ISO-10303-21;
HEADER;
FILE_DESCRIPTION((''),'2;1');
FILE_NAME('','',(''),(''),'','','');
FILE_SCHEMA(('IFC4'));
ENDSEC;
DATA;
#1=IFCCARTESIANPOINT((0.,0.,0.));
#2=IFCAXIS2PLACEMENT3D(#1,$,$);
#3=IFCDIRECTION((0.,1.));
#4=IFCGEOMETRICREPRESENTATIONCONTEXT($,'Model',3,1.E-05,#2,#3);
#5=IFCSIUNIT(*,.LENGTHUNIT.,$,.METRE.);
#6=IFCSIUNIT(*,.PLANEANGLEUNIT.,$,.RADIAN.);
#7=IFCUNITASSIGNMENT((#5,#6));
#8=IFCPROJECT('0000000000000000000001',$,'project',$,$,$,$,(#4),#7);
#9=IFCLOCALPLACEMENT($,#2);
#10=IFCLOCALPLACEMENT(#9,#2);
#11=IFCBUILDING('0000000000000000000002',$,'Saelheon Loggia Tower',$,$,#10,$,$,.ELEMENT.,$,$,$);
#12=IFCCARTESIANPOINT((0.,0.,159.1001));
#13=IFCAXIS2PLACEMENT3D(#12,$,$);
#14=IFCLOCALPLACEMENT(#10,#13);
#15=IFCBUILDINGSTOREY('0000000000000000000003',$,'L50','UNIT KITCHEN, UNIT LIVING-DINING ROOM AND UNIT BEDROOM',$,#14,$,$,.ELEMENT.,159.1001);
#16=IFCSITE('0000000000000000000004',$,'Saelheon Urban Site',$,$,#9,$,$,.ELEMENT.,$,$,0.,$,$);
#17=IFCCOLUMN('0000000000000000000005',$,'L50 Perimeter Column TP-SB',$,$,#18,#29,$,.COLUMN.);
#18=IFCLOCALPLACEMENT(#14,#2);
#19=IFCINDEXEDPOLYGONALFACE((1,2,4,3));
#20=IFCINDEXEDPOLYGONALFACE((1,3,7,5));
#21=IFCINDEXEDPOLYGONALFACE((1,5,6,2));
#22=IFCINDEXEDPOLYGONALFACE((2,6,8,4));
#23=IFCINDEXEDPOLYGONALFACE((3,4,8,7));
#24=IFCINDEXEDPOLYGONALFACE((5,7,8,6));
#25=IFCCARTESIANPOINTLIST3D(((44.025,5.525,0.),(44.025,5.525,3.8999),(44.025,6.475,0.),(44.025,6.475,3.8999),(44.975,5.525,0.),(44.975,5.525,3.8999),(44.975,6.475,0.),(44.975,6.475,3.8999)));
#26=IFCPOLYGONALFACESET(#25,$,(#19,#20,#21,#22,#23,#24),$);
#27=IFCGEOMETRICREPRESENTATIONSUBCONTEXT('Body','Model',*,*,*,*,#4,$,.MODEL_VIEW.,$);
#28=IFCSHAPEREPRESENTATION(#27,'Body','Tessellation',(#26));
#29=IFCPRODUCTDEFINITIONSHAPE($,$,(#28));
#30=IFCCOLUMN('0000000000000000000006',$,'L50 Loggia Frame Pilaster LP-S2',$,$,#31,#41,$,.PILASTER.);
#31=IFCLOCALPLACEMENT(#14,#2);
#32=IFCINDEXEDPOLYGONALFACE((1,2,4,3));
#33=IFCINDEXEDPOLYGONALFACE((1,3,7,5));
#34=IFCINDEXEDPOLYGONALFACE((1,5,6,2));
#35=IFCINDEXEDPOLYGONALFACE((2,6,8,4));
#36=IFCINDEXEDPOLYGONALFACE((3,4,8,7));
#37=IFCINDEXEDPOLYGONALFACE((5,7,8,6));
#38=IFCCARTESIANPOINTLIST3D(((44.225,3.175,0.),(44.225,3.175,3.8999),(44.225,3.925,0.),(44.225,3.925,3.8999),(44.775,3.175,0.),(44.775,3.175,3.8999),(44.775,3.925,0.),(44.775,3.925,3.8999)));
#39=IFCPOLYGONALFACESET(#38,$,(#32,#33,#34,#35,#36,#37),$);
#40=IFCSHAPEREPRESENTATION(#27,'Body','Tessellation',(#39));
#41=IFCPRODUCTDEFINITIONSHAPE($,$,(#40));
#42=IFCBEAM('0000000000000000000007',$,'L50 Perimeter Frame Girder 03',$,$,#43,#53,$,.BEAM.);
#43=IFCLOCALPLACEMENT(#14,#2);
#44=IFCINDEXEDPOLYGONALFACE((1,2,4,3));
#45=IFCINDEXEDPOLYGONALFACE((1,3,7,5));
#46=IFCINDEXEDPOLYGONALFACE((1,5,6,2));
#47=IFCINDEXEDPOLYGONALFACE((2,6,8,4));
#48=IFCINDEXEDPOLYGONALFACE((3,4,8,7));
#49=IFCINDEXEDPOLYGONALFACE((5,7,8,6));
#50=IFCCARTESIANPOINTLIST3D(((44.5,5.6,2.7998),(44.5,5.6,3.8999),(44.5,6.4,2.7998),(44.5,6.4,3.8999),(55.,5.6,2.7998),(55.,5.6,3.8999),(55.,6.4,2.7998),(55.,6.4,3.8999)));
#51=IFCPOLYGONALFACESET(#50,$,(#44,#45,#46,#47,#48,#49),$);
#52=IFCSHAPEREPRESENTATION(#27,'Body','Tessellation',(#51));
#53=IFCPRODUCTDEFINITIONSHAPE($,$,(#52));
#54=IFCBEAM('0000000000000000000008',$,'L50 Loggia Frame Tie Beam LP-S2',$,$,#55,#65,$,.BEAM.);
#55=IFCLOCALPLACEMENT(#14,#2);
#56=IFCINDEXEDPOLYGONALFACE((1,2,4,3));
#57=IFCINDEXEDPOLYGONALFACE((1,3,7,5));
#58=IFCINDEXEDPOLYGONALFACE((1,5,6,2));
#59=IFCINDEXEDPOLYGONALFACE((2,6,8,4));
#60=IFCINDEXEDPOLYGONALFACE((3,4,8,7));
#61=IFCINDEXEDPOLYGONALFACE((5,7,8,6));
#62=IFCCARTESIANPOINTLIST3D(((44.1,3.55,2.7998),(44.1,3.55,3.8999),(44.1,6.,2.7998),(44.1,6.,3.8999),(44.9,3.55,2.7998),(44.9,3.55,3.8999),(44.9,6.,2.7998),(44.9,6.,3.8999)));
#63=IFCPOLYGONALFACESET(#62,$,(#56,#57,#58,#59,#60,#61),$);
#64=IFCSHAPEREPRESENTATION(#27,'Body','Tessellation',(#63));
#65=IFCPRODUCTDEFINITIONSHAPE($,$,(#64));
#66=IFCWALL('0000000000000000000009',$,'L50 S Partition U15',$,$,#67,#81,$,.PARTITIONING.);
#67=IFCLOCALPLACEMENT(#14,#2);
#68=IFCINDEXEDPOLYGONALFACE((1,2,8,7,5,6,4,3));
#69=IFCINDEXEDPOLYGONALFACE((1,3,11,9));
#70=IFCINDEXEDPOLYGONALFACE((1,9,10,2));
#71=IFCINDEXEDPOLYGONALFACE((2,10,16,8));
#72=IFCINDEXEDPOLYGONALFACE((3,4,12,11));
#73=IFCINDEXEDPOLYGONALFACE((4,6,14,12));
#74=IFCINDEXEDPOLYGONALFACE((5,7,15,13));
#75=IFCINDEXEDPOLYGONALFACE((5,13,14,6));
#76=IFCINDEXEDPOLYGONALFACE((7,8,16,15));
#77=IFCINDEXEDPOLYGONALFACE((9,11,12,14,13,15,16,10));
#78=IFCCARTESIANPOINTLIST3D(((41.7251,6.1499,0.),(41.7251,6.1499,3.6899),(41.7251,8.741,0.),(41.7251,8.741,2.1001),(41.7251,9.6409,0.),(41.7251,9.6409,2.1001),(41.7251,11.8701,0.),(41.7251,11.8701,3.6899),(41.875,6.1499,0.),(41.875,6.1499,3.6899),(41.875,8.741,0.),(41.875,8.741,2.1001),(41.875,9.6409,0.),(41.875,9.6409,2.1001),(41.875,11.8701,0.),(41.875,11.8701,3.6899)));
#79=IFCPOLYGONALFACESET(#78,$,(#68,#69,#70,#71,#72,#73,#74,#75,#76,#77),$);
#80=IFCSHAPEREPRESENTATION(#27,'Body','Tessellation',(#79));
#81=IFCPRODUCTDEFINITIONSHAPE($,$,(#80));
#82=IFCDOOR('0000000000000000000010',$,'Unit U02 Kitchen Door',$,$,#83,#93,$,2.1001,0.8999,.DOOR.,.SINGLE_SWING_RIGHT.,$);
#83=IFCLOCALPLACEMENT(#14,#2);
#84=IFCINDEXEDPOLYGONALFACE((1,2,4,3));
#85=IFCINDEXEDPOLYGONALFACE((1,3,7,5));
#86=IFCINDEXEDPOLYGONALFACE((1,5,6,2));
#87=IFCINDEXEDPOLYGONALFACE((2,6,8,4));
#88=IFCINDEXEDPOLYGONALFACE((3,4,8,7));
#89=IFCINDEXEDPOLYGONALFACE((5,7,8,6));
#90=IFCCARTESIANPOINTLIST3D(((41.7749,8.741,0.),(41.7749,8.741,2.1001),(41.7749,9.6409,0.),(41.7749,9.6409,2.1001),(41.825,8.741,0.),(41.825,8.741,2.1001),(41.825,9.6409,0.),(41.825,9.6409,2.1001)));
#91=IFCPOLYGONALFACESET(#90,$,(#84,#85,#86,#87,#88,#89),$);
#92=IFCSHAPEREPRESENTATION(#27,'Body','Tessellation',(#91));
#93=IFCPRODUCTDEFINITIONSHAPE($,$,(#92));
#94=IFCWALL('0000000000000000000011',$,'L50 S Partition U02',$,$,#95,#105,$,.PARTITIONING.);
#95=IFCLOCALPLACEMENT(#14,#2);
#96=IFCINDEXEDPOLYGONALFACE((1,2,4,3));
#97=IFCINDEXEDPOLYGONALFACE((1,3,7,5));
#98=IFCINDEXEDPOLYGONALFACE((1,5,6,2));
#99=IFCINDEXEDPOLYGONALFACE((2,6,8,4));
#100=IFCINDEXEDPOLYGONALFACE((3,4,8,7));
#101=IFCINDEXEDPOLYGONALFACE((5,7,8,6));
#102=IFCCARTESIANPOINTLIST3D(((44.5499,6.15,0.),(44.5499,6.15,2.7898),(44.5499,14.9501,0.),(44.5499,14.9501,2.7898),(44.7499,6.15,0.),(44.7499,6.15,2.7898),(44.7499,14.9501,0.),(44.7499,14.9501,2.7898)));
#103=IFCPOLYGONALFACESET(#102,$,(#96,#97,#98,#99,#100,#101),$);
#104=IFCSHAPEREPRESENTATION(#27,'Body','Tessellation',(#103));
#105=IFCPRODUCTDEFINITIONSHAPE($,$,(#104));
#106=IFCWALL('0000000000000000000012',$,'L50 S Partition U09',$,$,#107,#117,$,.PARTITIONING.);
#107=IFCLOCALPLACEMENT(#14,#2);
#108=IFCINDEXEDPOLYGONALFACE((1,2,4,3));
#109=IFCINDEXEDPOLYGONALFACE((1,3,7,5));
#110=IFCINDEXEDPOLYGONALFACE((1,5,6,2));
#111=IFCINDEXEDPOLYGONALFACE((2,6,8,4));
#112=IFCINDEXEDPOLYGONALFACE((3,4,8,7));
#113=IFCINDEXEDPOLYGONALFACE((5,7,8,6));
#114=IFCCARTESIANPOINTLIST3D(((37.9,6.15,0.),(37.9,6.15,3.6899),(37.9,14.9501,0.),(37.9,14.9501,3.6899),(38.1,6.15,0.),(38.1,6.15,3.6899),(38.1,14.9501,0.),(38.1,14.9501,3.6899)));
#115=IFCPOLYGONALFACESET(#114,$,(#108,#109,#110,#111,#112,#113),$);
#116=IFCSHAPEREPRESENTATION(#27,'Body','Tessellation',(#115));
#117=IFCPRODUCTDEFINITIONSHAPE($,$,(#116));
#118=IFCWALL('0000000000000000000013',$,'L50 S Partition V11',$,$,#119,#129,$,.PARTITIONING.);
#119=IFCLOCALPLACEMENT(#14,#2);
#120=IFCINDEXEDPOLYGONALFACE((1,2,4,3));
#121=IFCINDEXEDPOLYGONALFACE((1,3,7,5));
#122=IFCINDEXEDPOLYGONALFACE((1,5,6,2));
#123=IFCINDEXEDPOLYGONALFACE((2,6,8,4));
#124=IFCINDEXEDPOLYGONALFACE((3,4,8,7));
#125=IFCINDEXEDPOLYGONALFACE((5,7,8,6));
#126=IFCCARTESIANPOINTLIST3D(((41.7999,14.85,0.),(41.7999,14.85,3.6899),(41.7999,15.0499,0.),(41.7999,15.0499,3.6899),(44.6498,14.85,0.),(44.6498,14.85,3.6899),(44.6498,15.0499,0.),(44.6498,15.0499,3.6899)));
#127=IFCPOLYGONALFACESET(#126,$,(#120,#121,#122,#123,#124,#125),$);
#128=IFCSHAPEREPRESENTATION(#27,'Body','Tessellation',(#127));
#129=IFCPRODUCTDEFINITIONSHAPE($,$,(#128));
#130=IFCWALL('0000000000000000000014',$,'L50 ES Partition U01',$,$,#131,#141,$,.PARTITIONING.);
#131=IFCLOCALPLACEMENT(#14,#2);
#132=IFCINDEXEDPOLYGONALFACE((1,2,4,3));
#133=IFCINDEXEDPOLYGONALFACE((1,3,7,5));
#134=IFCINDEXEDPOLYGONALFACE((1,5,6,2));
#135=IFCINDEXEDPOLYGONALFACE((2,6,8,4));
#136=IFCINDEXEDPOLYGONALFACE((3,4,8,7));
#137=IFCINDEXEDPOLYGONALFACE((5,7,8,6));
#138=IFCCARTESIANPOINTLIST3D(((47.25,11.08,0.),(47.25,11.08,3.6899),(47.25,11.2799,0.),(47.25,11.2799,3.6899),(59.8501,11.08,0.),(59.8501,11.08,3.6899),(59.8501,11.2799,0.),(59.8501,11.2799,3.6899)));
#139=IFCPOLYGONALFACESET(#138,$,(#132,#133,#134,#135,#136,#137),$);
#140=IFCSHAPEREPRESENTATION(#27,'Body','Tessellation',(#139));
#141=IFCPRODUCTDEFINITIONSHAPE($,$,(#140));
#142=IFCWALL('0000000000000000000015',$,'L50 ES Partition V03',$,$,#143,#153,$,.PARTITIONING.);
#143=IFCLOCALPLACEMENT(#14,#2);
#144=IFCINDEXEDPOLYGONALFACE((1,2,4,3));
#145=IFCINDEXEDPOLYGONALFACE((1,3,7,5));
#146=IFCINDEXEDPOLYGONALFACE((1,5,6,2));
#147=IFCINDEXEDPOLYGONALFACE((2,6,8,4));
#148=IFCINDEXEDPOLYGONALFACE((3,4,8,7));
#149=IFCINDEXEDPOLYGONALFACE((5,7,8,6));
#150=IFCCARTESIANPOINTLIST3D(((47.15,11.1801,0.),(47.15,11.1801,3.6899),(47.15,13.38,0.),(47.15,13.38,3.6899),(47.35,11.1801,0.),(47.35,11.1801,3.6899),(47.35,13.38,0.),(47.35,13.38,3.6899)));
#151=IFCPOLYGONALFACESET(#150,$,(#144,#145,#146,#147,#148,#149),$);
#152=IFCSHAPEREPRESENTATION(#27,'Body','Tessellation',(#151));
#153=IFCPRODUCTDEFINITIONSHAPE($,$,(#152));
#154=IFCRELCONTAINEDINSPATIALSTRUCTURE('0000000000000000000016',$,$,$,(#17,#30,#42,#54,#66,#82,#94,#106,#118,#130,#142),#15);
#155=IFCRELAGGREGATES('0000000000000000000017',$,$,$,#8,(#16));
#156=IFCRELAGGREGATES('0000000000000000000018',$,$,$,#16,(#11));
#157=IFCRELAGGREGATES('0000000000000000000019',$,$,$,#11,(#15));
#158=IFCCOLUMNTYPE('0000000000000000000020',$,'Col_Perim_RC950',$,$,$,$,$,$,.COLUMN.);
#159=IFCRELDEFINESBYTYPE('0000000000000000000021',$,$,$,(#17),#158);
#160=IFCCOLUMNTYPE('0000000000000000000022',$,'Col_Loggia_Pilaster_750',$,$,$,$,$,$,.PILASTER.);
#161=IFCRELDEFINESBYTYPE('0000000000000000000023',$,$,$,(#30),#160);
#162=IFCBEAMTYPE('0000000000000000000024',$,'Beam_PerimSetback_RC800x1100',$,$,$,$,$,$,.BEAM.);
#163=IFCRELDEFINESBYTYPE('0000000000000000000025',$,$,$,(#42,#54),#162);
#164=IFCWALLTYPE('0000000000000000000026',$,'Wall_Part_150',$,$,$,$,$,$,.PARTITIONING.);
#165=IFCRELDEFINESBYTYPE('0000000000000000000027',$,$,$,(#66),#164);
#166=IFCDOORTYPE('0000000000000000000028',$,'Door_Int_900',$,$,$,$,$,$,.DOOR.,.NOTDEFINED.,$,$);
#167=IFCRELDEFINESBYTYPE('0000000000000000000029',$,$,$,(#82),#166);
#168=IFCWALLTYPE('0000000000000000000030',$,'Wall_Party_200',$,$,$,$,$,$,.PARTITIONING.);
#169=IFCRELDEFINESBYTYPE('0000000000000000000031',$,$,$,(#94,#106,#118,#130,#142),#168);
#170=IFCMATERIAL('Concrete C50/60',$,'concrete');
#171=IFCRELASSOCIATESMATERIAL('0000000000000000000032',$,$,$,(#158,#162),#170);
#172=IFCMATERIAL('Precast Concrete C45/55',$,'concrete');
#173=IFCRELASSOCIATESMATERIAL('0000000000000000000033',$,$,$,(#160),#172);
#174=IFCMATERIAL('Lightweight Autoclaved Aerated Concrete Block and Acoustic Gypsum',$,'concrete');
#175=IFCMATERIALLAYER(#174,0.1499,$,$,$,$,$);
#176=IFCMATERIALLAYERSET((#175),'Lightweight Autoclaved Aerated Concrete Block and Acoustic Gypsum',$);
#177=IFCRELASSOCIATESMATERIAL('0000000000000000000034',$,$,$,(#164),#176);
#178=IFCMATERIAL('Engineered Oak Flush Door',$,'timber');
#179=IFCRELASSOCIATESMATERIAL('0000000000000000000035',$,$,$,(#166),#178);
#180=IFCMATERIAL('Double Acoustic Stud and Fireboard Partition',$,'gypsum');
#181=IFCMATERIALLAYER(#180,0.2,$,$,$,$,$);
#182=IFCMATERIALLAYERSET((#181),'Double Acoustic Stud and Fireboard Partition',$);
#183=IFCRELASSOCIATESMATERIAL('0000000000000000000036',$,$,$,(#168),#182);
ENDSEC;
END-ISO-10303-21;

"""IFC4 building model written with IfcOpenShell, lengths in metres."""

from ifc_helpers import new_model, si_unit, direction, frame, frame_2d, origin, origin_2d, place, context, subcontext, project, spatial, rectangle, extrude, source, transform, mapped, material, layer, layer_set, material_profile, profile_set, type_object, element, fill, save


model = new_model("IFC4")

# Units and contexts
model_context = context("Model", 3, precision=1e-05, world=origin(), true_north=direction((0.0, 1.0)))
body_context = subcontext(model_context, "Body", "Model", "MODEL_VIEW")
ifc_project = project(units=[si_unit("LENGTHUNIT", "METRE"), si_unit("PLANEANGLEUNIT", "RADIAN")], contexts=[model_context])

# Site, building, storey
site_placement = place(None, origin())
site = spatial("IfcSite", under=ifc_project, at=site_placement, Name="Saelheon Urban Site", CompositionType="ELEMENT", RefElevation=0.0)
building_placement = place(site_placement, origin())
building = spatial("IfcBuilding", under=site, at=building_placement, Name="Saelheon Loggia Tower", CompositionType="ELEMENT")
storey_placement = place(building_placement, frame((0.0, 0.0, 159.1001)))
storey = spatial("IfcBuildingStorey", under=building, at=storey_placement, Name="L50", Description="UNIT KITCHEN, UNIT LIVING-DINING ROOM AND UNIT BEDROOM", CompositionType="ELEMENT", Elevation=159.1001)

# Columns
ifc_material_1 = material(Name="Concrete C50/60", Category="concrete")
ifc_material_profile_1 = material_profile(ifc_material_1, rectangle(XDim=0.95, YDim=0.95, at=origin_2d()), Name="RC-950x950")
ifc_profile_set_1 = profile_set([ifc_material_profile_1], Name="Concrete C50/60")
column_type_1 = type_object("IfcColumnType", Name="Col_Perim_RC950", PredefinedType="COLUMN", material=ifc_profile_set_1)
shared_shape_1 = source(origin(), body_context, "Body", "SweptSolid", [
    extrude(rectangle(XDim=0.95, YDim=0.95, at=origin_2d()), origin(), (0.0, 0.0, 1.0), 3.8999),
])
column_1_placement = place(storey_placement, frame((44.5, 6.0, 0.0), z_axis=(0.0, 0.0, 1.0), x_axis=(1.0, 0.0, 0.0)))
element("IfcColumn", 1, at=column_1_placement, inside=storey, type_object=column_type_1, Name="L50 Perimeter Column TP-SB", PredefinedType="COLUMN", context=body_context, shape_type="MappedRepresentation", body=[
    mapped(shared_shape_1, transform((0.0, 0.0, 0.0), scale=1.0)),
])
ifc_material_2 = material(Name="Precast Concrete C45/55", Category="concrete")
ifc_material_profile_2 = material_profile(ifc_material_2, rectangle(XDim=0.55, YDim=0.75, at=origin_2d()), Name="RC-550x750")
ifc_profile_set_2 = profile_set([ifc_material_profile_2], Name="Precast Concrete C45/55")
column_type_2 = type_object("IfcColumnType", Name="Col_Loggia_Pilaster_750", PredefinedType="PILASTER", material=ifc_profile_set_2)
shared_shape_2 = source(origin(), body_context, "Body", "SweptSolid", [
    extrude(rectangle(XDim=0.55, YDim=0.75, at=origin_2d()), origin(), (0.0, 0.0, 1.0), 3.8999),
])
column_2_placement = place(storey_placement, frame((44.5, 3.55, 0.0), z_axis=(0.0, 0.0, 1.0), x_axis=(1.0, 0.0, 0.0)))
element("IfcColumn", 2, at=column_2_placement, inside=storey, type_object=column_type_2, Name="L50 Loggia Frame Pilaster LP-S2", PredefinedType="PILASTER", context=body_context, shape_type="MappedRepresentation", body=[
    mapped(shared_shape_2, transform((0.0, 0.0, 0.0), scale=1.0)),
])

# Beams
ifc_material_profile_3 = material_profile(ifc_material_1, rectangle(XDim=0.8, YDim=1.1001, at=origin_2d()), Name="RC-800x1100")
ifc_profile_set_3 = profile_set([ifc_material_profile_3], Name="Concrete C50/60")
beam_type = type_object("IfcBeamType", Name="Beam_PerimSetback_RC800x1100", PredefinedType="BEAM", material=ifc_profile_set_3)
shared_shape_3 = source(origin(), body_context, "Body", "SweptSolid", [
    extrude(rectangle(XDim=0.8, YDim=1.1001, at=origin_2d()), origin(), (0.0, 0.0, 1.0), 10.5),
])
beam_1_placement = place(storey_placement, frame((44.5, 6.0, 3.3499), z_axis=(1.0, 0.0, 0.0), x_axis=(0.0, 1.0, 0.0)))
element("IfcBeam", 3, at=beam_1_placement, inside=storey, type_object=beam_type, Name="L50 Perimeter Frame Girder 03", PredefinedType="BEAM", context=body_context, shape_type="MappedRepresentation", body=[
    mapped(shared_shape_3, transform((0.0, 0.0, 0.0), scale=1.0)),
])
shared_shape_4 = source(origin(), body_context, "Body", "SweptSolid", [
    extrude(rectangle(XDim=0.8, YDim=1.1001, at=origin_2d()), origin(), (0.0, 0.0, 1.0), 2.45),
])
beam_2_placement = place(storey_placement, frame((44.5, 6.0, 3.3499), z_axis=(0.0, -1.0, 0.0), x_axis=(1.0, 0.0, 0.0)))
element("IfcBeam", 4, at=beam_2_placement, inside=storey, type_object=beam_type, Name="L50 Loggia Frame Tie Beam LP-S2", PredefinedType="BEAM", context=body_context, shape_type="MappedRepresentation", body=[
    mapped(shared_shape_4, transform((0.0, 0.0, 0.0), scale=1.0)),
])

# Wall, opening, door
ifc_material_3 = material(Name="Lightweight Autoclaved Aerated Concrete Block and Acoustic Gypsum", Category="concrete")
ifc_layer_1 = layer(ifc_material_3, 0.1499)
ifc_layer_set_1 = layer_set([ifc_layer_1], Name="Lightweight Autoclaved Aerated Concrete Block and Acoustic Gypsum")
wall_type_1 = type_object("IfcWallType", Name="Wall_Part_150", PredefinedType="PARTITIONING", material=ifc_layer_set_1)
wall_1_placement = place(storey_placement, frame((41.8, 11.8701, 0.0), z_axis=(0.0, 0.0, 1.0), x_axis=(0.0, -1.0, 0.0)))
wall_1 = element("IfcWall", 5, at=wall_1_placement, inside=storey, type_object=wall_type_1, Name="L50 S Partition U15", PredefinedType="PARTITIONING", context=body_context, shape_type="SweptSolid", body=[
    extrude(rectangle(XDim=5.7202, YDim=0.1499, at=frame_2d((2.8601, 0.0))), origin(), (0.0, 0.0, 1.0), 3.6899),
])
opening_1_placement = place(wall_1_placement, frame((2.2292, 0.0, 0.0)))
opening_1 = element("IfcOpeningElement", 6, at=opening_1_placement, cuts=wall_1, PredefinedType="OPENING", context=body_context, shape_type="SweptSolid", body=[
    extrude(rectangle(XDim=0.8999, YDim=2.1001, at=frame_2d((0.45, 1.05))), frame((0.0, 0.0869, 0.0), z_axis=(0.0, -1.0, 0.0), x_axis=(1.0, 0.0, 0.0)), (0.0, 0.0, 1.0), 0.1738),
])
ifc_material_4 = material(Name="Engineered Oak Flush Door", Category="timber")
door_type_1 = type_object("IfcDoorType", Name="Door_Int_900", OperationType="NOTDEFINED", PredefinedType="DOOR", material=ifc_material_4)
shared_shape_5 = source(origin(), body_context, "Body", "SweptSolid", [
    extrude(rectangle(XDim=0.8999, YDim=2.1001, at=frame_2d((0.45, 1.05))), frame((0.0, 0.0249, 0.0), z_axis=(0.0, -1.0, 0.0), x_axis=(1.0, 0.0, 0.0)), (0.0, 0.0, 1.0), 0.05),
])
door_1_placement = place(opening_1_placement, origin())
door_1 = element("IfcDoor", 7, at=door_1_placement, inside=storey, type_object=door_type_1, Name="Unit U02 Kitchen Door", OperationType="SINGLE_SWING_RIGHT", OverallHeight=2.1001, OverallWidth=0.8999, PredefinedType="DOOR", context=body_context, shape_type="MappedRepresentation", body=[
    mapped(shared_shape_5, transform((0.0, 0.0, 0.0), scale=1.0)),
])
fill(opening_1, door_1)

# Walls
ifc_material_5 = material(Name="Double Acoustic Stud and Fireboard Partition", Category="gypsum")
ifc_layer_2 = layer(ifc_material_5, 0.2)
ifc_layer_set_2 = layer_set([ifc_layer_2], Name="Double Acoustic Stud and Fireboard Partition")
wall_type_2 = type_object("IfcWallType", Name="Wall_Party_200", PredefinedType="PARTITIONING", material=ifc_layer_set_2)
wall_2_placement = place(storey_placement, frame((44.6499, 14.95, 0.0), z_axis=(0.0, 0.0, 1.0), x_axis=(0.0, -1.0, 0.0)))
element("IfcWall", 8, at=wall_2_placement, inside=storey, type_object=wall_type_2, Name="L50 S Partition U02", PredefinedType="PARTITIONING", context=body_context, shape_type="SweptSolid", body=[
    extrude(rectangle(XDim=8.8, YDim=0.2, at=frame_2d((4.3999, 0.0))), origin(), (0.0, 0.0, 1.0), 2.7898),
])
wall_3_placement = place(storey_placement, frame((38.0, 14.95, 0.0), z_axis=(0.0, 0.0, 1.0), x_axis=(0.0, -1.0, 0.0)))
element("IfcWall", 9, at=wall_3_placement, inside=storey, type_object=wall_type_2, Name="L50 S Partition U09", PredefinedType="PARTITIONING", context=body_context, shape_type="SweptSolid", body=[
    extrude(rectangle(XDim=8.8, YDim=0.2, at=frame_2d((4.3999, 0.0))), origin(), (0.0, 0.0, 1.0), 3.6899),
])

# Walls
wall_4_placement = place(storey_placement, frame((41.8, 14.95, 0.0), z_axis=(0.0, 0.0, 1.0), x_axis=(1.0, 0.0, 0.0)))
element("IfcWall", 10, at=wall_4_placement, inside=storey, type_object=wall_type_2, Name="L50 S Partition V11", PredefinedType="PARTITIONING", context=body_context, shape_type="SweptSolid", body=[
    extrude(rectangle(XDim=2.8499, YDim=0.2, at=frame_2d((1.4248, 0.0))), origin(), (0.0, 0.0, 1.0), 3.6899),
])
wall_5_placement = place(storey_placement, frame((47.25, 11.1799, 0.0), z_axis=(0.0, 0.0, 1.0), x_axis=(1.0, 0.0, 0.0)))
element("IfcWall", 11, at=wall_5_placement, inside=storey, type_object=wall_type_2, Name="L50 ES Partition U01", PredefinedType="PARTITIONING", context=body_context, shape_type="SweptSolid", body=[
    extrude(rectangle(XDim=12.6001, YDim=0.2, at=frame_2d((6.3, 0.0))), origin(), (0.0, 0.0, 1.0), 3.6899),
])
wall_6_placement = place(storey_placement, frame((47.25, 11.1799, 0.0), z_axis=(0.0, 0.0, 1.0), x_axis=(0.0, 1.0, 0.0)))
element("IfcWall", 12, at=wall_6_placement, inside=storey, type_object=wall_type_2, Name="L50 ES Partition V03", PredefinedType="PARTITIONING", context=body_context, shape_type="SweptSolid", body=[
    extrude(rectangle(XDim=2.2, YDim=0.2, at=frame_2d((1.1001, 0.0))), origin(), (0.0, 0.0, 1.0), 3.6899),
])

save(model, "model.ifc")
